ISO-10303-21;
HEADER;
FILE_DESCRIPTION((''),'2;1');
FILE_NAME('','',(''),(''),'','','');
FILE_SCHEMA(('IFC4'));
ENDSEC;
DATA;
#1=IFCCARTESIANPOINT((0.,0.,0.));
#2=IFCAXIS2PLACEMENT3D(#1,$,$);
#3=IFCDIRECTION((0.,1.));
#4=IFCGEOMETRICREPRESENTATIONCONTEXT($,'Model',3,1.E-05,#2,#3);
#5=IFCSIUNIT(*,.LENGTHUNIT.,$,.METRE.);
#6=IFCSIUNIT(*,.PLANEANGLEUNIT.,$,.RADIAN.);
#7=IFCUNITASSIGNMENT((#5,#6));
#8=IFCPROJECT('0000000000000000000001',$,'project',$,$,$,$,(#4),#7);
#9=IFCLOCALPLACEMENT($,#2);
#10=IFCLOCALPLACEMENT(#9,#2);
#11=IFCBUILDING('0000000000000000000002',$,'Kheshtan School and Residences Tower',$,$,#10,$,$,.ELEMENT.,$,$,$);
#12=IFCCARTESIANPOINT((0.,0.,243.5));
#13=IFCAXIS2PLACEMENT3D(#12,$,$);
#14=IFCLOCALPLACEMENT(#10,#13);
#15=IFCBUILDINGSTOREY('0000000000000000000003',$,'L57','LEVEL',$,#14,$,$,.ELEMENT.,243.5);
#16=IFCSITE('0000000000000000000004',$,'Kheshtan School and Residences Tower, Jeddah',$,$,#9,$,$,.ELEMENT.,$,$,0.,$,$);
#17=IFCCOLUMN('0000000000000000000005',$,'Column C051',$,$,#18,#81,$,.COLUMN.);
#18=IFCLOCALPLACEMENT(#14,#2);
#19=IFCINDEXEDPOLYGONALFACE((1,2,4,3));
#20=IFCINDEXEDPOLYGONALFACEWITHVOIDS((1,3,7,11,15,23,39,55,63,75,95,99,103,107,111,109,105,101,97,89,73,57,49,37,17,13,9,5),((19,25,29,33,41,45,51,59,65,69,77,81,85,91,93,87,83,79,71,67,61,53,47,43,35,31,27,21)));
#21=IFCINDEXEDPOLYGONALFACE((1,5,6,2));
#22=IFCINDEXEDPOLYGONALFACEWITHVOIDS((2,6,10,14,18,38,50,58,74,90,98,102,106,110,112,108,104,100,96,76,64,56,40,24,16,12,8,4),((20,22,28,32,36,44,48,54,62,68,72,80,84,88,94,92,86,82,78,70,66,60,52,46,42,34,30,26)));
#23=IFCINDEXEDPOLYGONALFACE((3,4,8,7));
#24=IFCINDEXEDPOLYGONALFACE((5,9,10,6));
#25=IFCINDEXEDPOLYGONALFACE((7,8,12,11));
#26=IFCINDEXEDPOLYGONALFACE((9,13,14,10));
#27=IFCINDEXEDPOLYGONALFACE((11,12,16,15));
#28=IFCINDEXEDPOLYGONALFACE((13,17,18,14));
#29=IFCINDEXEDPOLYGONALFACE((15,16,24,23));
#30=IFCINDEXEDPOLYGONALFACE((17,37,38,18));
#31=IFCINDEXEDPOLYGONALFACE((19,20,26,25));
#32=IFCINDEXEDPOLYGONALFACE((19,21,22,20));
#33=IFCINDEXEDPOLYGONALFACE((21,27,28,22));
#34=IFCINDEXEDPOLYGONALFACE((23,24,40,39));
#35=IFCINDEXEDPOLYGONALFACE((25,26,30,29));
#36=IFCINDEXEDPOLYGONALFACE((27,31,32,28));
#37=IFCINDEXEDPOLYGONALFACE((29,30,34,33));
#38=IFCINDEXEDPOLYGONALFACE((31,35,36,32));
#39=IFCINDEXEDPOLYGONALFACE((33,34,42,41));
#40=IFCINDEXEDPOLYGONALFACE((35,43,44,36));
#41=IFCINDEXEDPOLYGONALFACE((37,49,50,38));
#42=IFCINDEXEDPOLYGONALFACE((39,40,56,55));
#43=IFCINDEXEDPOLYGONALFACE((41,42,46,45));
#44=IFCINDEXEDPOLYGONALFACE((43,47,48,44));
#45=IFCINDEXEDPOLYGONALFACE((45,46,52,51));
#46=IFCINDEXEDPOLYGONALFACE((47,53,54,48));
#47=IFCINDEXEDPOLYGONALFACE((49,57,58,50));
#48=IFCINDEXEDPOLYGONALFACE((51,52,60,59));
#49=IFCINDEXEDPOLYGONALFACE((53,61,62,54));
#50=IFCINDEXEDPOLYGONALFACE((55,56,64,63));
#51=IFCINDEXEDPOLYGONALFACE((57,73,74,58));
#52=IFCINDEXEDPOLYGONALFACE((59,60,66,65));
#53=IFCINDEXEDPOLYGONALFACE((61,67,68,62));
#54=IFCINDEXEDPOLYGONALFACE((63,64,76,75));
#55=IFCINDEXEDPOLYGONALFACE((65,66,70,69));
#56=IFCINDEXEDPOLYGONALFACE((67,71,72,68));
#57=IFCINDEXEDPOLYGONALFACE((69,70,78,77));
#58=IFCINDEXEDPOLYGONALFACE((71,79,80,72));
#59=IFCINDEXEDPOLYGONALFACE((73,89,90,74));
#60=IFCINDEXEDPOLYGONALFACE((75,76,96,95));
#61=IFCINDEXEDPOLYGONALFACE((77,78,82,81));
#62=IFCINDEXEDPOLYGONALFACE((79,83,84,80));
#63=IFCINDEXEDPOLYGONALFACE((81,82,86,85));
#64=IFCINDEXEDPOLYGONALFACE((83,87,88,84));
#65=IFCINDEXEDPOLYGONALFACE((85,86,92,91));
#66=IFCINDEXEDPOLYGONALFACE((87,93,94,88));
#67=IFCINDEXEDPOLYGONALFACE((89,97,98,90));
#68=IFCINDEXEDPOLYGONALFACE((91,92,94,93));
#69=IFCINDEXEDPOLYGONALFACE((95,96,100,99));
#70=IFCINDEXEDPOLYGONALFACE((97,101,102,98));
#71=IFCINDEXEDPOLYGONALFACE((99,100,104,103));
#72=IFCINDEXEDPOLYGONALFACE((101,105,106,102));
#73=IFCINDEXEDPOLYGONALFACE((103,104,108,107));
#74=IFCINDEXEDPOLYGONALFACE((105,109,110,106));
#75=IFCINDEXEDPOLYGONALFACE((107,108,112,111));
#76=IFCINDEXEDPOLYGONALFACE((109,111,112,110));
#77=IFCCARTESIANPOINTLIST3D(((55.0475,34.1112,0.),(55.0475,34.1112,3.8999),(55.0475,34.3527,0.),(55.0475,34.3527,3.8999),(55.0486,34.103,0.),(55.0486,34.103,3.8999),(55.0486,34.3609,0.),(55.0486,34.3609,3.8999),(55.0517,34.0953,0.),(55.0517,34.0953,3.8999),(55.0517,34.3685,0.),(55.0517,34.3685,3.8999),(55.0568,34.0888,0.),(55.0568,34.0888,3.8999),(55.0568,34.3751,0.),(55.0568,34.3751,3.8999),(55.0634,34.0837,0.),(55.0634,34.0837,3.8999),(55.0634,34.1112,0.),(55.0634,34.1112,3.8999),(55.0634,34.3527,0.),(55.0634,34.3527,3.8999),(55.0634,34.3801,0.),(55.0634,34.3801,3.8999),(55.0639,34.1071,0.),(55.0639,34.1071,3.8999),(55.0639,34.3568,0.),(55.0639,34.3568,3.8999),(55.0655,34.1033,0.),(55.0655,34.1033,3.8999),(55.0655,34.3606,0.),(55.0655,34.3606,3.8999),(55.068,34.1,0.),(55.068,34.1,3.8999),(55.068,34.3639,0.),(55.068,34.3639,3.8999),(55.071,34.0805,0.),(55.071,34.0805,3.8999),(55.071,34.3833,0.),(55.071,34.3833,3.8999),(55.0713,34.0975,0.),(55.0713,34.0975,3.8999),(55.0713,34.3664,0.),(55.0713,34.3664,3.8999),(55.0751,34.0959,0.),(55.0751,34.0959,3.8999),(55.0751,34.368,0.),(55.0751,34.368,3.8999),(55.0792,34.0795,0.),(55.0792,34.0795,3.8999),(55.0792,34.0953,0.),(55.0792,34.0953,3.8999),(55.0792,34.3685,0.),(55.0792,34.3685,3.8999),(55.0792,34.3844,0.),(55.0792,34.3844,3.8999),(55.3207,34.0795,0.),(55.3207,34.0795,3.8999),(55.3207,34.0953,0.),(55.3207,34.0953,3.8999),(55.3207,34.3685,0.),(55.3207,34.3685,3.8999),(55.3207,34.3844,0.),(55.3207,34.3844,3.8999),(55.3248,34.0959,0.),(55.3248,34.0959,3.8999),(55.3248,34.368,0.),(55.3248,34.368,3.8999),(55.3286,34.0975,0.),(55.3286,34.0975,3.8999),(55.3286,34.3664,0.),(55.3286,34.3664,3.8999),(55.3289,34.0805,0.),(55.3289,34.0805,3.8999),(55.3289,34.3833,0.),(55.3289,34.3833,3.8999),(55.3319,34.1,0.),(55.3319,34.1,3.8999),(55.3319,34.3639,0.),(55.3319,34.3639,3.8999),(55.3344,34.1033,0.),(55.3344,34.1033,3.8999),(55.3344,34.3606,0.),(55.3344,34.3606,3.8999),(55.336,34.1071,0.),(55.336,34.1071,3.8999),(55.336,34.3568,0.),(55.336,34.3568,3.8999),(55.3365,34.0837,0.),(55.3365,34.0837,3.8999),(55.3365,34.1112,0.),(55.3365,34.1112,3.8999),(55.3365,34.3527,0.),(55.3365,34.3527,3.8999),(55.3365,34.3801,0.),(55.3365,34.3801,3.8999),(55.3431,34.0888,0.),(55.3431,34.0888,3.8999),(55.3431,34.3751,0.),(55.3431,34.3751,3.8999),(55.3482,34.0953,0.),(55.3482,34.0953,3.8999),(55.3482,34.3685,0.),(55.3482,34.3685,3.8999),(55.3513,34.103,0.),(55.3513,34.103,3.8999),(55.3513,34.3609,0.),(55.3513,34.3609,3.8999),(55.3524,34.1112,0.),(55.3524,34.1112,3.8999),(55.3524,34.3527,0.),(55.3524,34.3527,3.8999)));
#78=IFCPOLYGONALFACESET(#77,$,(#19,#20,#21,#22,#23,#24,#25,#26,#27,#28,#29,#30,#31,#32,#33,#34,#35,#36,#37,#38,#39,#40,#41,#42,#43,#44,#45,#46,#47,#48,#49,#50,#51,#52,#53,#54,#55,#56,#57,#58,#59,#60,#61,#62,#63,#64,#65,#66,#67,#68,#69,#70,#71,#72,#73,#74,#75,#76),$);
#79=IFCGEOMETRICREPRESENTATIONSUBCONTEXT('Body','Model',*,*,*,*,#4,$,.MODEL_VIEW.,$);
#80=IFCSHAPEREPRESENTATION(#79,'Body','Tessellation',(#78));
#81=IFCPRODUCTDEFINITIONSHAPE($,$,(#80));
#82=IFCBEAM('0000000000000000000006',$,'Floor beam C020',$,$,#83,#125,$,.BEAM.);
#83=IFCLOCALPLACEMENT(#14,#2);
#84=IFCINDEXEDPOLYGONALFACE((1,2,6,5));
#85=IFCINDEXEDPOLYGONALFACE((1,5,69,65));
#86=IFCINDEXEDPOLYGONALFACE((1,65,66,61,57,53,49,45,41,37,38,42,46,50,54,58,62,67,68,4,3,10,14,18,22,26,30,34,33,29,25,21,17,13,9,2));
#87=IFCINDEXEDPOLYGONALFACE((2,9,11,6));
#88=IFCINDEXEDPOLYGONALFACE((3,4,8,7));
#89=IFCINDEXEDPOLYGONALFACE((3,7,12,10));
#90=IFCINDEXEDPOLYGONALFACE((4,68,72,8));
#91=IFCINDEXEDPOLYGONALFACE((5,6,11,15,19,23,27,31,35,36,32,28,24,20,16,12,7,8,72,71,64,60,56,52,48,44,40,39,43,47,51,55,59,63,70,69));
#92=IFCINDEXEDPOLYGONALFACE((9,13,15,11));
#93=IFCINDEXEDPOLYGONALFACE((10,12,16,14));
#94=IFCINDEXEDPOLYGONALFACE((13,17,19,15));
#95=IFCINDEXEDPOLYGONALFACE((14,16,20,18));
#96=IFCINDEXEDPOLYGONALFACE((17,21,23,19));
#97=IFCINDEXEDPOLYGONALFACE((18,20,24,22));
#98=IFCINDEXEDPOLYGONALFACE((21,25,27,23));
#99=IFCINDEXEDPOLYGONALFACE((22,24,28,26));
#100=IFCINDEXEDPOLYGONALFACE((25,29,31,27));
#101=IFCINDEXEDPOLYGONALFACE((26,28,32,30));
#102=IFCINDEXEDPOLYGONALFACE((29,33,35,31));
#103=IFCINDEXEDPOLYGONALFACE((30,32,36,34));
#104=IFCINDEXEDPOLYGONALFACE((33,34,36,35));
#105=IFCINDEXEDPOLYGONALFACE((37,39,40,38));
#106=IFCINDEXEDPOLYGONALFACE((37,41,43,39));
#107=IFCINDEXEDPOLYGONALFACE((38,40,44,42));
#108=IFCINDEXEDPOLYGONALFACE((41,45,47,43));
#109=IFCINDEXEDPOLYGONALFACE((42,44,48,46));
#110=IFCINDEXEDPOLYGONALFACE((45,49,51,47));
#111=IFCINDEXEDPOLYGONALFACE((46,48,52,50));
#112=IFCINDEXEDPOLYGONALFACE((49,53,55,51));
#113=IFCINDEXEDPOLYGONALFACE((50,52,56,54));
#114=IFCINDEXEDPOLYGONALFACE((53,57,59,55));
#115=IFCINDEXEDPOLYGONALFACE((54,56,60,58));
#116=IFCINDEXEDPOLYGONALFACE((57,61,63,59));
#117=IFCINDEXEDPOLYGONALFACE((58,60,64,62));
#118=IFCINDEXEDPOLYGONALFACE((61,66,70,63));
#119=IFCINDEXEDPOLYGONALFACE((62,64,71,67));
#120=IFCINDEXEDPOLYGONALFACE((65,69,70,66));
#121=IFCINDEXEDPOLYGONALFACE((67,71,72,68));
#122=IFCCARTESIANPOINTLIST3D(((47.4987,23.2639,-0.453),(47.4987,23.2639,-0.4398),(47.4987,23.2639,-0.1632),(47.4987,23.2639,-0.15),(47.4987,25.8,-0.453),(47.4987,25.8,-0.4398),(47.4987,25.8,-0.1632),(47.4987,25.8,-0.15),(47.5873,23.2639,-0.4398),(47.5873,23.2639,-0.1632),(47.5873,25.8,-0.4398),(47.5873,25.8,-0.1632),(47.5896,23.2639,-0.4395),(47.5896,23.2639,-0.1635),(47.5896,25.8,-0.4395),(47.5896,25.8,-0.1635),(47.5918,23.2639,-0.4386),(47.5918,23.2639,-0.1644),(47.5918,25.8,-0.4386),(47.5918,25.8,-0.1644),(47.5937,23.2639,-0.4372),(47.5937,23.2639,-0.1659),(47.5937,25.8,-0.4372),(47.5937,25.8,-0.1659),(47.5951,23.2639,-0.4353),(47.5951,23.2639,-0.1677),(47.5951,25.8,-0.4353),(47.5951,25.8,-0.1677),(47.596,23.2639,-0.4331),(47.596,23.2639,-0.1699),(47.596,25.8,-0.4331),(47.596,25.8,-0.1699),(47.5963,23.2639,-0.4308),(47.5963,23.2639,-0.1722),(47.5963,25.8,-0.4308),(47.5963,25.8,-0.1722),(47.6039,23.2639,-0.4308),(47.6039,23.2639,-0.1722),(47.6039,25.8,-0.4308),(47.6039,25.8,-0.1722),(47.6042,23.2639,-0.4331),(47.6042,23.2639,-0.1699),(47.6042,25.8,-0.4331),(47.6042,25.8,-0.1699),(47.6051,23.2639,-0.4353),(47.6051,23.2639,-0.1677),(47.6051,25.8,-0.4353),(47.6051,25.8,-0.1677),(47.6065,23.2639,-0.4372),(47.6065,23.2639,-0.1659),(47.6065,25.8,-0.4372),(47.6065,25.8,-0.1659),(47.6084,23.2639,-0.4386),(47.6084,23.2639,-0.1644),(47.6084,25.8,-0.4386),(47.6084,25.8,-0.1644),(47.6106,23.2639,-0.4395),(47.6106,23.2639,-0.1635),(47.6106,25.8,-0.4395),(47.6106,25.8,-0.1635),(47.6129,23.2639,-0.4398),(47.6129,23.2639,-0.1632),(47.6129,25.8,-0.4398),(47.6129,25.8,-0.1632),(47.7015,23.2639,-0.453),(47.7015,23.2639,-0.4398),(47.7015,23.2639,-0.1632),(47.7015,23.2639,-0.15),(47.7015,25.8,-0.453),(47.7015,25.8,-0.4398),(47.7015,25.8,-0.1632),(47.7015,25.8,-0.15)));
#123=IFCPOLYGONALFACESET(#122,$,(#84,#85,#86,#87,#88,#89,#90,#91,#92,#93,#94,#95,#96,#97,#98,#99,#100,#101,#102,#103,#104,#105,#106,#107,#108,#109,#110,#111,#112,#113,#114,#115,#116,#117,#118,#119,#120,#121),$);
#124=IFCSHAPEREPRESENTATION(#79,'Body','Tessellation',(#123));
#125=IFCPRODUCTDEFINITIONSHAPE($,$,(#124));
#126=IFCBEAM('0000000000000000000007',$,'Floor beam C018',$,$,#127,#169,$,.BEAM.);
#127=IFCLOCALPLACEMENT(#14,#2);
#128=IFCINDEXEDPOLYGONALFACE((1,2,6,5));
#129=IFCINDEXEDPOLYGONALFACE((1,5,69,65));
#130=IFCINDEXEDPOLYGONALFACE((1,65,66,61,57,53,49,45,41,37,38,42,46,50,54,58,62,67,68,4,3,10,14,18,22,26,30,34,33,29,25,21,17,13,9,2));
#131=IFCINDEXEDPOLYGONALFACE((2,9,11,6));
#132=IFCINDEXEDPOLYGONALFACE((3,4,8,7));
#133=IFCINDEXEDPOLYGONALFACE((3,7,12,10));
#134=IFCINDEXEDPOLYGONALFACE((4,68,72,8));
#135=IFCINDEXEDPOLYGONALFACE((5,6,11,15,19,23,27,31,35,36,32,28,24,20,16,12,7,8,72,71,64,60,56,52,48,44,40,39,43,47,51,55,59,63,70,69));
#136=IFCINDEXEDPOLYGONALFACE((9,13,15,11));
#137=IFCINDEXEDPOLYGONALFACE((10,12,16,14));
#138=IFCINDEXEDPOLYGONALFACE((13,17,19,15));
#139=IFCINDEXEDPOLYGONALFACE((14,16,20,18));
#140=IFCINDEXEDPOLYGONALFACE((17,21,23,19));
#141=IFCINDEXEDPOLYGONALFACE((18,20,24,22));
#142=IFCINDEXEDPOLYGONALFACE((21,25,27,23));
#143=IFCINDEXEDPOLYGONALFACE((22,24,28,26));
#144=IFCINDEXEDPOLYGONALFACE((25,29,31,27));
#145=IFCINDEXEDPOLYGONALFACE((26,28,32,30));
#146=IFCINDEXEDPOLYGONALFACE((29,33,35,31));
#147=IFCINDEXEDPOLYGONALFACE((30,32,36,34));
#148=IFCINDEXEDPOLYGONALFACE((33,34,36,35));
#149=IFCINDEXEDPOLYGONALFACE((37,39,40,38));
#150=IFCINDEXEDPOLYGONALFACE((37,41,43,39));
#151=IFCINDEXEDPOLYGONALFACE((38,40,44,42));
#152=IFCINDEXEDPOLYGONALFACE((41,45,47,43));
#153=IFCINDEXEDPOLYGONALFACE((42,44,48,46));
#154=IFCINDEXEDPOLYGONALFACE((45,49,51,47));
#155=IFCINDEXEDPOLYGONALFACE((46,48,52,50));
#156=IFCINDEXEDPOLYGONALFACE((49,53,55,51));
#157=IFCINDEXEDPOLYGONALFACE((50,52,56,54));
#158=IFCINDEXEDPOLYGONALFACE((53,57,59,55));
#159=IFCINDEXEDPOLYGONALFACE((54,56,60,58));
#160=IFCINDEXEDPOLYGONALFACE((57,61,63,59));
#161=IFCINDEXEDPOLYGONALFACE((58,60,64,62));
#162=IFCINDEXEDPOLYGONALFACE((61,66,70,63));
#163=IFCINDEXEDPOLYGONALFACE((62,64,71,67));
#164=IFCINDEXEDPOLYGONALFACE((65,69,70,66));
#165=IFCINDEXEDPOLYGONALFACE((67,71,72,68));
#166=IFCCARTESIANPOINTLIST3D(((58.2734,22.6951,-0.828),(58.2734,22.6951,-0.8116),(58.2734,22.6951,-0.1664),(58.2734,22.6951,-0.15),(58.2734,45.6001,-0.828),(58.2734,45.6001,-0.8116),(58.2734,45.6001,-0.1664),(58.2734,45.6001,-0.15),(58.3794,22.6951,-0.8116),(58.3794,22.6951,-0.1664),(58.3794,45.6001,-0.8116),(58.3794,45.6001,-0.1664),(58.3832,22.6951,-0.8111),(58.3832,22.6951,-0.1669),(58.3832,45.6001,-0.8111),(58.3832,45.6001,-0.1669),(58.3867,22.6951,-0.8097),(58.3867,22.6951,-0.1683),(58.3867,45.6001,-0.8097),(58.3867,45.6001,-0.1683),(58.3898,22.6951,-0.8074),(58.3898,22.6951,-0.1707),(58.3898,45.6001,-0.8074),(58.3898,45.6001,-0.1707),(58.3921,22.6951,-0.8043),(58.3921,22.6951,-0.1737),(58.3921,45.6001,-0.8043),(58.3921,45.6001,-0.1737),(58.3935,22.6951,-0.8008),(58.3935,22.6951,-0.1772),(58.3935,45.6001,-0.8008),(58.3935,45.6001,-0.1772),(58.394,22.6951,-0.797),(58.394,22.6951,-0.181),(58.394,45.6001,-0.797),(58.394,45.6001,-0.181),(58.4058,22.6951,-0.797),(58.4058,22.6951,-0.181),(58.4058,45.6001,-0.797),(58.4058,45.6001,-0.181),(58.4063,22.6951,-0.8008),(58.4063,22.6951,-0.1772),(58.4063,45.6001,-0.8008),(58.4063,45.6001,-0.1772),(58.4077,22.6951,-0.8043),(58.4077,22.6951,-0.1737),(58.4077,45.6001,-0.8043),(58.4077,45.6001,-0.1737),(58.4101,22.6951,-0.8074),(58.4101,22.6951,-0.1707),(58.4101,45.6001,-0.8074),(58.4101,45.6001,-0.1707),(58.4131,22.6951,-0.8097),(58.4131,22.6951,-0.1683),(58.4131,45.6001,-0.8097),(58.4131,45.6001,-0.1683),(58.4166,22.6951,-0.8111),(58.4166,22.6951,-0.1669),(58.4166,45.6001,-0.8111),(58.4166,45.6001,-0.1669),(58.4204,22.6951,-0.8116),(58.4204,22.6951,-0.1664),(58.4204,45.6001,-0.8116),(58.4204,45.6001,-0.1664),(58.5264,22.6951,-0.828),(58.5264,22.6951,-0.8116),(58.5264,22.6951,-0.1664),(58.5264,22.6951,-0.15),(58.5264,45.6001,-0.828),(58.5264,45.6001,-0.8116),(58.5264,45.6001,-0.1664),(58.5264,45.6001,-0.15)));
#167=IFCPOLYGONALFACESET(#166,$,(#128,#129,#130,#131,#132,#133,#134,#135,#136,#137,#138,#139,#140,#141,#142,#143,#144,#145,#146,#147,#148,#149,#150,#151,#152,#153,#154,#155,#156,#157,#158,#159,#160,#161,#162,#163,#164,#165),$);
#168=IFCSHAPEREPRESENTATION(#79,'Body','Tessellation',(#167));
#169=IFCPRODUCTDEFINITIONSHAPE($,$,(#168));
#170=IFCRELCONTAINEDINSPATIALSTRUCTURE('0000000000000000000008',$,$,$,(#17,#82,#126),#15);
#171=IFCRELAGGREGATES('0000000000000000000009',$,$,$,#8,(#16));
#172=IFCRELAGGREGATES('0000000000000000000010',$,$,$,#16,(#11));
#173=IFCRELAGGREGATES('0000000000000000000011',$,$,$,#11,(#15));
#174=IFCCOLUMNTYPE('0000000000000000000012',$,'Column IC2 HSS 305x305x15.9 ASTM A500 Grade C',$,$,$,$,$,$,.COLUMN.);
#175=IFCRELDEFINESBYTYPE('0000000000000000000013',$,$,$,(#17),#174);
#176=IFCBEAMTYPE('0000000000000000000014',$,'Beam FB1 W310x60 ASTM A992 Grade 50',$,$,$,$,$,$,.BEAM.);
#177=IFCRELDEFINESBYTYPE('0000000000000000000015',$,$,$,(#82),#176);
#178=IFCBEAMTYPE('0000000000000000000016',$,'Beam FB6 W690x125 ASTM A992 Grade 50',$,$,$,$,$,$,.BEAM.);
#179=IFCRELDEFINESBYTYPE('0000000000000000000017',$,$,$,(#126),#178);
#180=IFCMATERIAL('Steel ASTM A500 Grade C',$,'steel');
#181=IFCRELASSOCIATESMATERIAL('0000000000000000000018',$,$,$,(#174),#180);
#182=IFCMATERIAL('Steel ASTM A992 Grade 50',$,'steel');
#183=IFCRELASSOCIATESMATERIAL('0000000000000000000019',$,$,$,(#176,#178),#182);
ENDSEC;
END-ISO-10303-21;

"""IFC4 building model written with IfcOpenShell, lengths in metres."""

from ifc_helpers import new_model, si_unit, direction, frame, origin, origin_2d, place, context, subcontext, project, spatial, hollow_rectangle, i_section, extrude, material, material_profile, profile_set, type_object, element, save


model = new_model("IFC4")

# Units and contexts
model_context = context("Model", 3, precision=1e-05, world=origin(), true_north=direction((0.0, 1.0)))
body_context = subcontext(model_context, "Body", "Model", "MODEL_VIEW")
ifc_project = project(units=[si_unit("LENGTHUNIT", "METRE"), si_unit("PLANEANGLEUNIT", "RADIAN")], contexts=[model_context])

# Site, building, storey
site_placement = place(None, origin())
site = spatial("IfcSite", under=ifc_project, at=site_placement, Name="Kheshtan School and Residences Tower, Jeddah", CompositionType="ELEMENT", RefElevation=0.0)
building_placement = place(site_placement, origin())
building = spatial("IfcBuilding", under=site, at=building_placement, Name="Kheshtan School and Residences Tower", CompositionType="ELEMENT")
storey_placement = place(building_placement, frame((0.0, 0.0, 243.5)))
storey = spatial("IfcBuildingStorey", under=building, at=storey_placement, Name="L57", Description="LEVEL", CompositionType="ELEMENT", Elevation=243.5)

# Column
ifc_material_1 = material(Name="Steel ASTM A992 Grade 50", Category="steel")
ifc_material_2 = material(Name="Steel ASTM A500 Grade C", Category="steel")
ifc_material_profile_1 = material_profile(ifc_material_2, hollow_rectangle(XDim=0.3049, YDim=0.3049, WallThickness=0.0159, InnerFilletRadius=0.0159, OuterFilletRadius=0.0317, at=origin_2d()), Name="HSS 305x305x15.9")
ifc_profile_set_1 = profile_set([ifc_material_profile_1], Name="Steel ASTM A500 Grade C")
column_type_1 = type_object("IfcColumnType", Name="Column IC2 HSS 305x305x15.9 ASTM A500 Grade C", PredefinedType="COLUMN", material=ifc_profile_set_1)
column_placement = place(storey_placement, frame((55.2, 34.2319, 0.0), z_axis=(0.0, 0.0, 1.0), x_axis=(1.0, 0.0, 0.0)))
element("IfcColumn", 1, at=column_placement, inside=storey, type_object=column_type_1, Name="Column C051", PredefinedType="COLUMN", context=body_context, shape_type="SweptSolid", body=[
    extrude(hollow_rectangle(XDim=0.3049, YDim=0.3049, WallThickness=0.0159, InnerFilletRadius=0.0159, OuterFilletRadius=0.0317, at=origin_2d()), origin(), (0.0, 0.0, 1.0), 3.8999),
])

# Beams
ifc_material_profile_2 = material_profile(ifc_material_1, i_section(OverallWidth=0.2029, OverallDepth=0.303, WebThickness=0.0076, FlangeThickness=0.0132, FilletRadius=0.009, at=origin_2d()), Name="W310x60")
ifc_profile_set_2 = profile_set([ifc_material_profile_2], Name="Steel ASTM A992 Grade 50")
beam_type_1 = type_object("IfcBeamType", Name="Beam FB1 W310x60 ASTM A992 Grade 50", PredefinedType="BEAM", material=ifc_profile_set_2)
beam_1_placement = place(storey_placement, frame((47.6001, 23.2639, -0.3015), z_axis=(0.0, 1.0, 0.0), x_axis=(-1.0, 0.0, 0.0)))
element("IfcBeam", 2, at=beam_1_placement, inside=storey, type_object=beam_type_1, Name="Floor beam C020", PredefinedType="BEAM", context=body_context, shape_type="SweptSolid", body=[
    extrude(i_section(OverallWidth=0.2029, OverallDepth=0.303, WebThickness=0.0076, FlangeThickness=0.0132, FilletRadius=0.009, at=origin_2d()), origin(), (0.0, 0.0, 1.0), 2.5361),
])
ifc_material_profile_3 = material_profile(ifc_material_1, i_section(OverallWidth=0.2529, OverallDepth=0.678, WebThickness=0.0117, FlangeThickness=0.0164, FilletRadius=0.0146, at=origin_2d()), Name="W690x125")
ifc_profile_set_3 = profile_set([ifc_material_profile_3], Name="Steel ASTM A992 Grade 50")
beam_type_2 = type_object("IfcBeamType", Name="Beam FB6 W690x125 ASTM A992 Grade 50", PredefinedType="BEAM", material=ifc_profile_set_3)
beam_2_placement = place(storey_placement, frame((58.3999, 22.6951, -0.489), z_axis=(0.0, 1.0, 0.0), x_axis=(-1.0, 0.0, 0.0)))
element("IfcBeam", 3, at=beam_2_placement, inside=storey, type_object=beam_type_2, Name="Floor beam C018", PredefinedType="BEAM", context=body_context, shape_type="SweptSolid", body=[
    extrude(i_section(OverallWidth=0.2529, OverallDepth=0.678, WebThickness=0.0117, FlangeThickness=0.0164, FilletRadius=0.0146, at=origin_2d()), origin(), (0.0, 0.0, 1.0), 22.905),
])

save(model, "model.ifc")
